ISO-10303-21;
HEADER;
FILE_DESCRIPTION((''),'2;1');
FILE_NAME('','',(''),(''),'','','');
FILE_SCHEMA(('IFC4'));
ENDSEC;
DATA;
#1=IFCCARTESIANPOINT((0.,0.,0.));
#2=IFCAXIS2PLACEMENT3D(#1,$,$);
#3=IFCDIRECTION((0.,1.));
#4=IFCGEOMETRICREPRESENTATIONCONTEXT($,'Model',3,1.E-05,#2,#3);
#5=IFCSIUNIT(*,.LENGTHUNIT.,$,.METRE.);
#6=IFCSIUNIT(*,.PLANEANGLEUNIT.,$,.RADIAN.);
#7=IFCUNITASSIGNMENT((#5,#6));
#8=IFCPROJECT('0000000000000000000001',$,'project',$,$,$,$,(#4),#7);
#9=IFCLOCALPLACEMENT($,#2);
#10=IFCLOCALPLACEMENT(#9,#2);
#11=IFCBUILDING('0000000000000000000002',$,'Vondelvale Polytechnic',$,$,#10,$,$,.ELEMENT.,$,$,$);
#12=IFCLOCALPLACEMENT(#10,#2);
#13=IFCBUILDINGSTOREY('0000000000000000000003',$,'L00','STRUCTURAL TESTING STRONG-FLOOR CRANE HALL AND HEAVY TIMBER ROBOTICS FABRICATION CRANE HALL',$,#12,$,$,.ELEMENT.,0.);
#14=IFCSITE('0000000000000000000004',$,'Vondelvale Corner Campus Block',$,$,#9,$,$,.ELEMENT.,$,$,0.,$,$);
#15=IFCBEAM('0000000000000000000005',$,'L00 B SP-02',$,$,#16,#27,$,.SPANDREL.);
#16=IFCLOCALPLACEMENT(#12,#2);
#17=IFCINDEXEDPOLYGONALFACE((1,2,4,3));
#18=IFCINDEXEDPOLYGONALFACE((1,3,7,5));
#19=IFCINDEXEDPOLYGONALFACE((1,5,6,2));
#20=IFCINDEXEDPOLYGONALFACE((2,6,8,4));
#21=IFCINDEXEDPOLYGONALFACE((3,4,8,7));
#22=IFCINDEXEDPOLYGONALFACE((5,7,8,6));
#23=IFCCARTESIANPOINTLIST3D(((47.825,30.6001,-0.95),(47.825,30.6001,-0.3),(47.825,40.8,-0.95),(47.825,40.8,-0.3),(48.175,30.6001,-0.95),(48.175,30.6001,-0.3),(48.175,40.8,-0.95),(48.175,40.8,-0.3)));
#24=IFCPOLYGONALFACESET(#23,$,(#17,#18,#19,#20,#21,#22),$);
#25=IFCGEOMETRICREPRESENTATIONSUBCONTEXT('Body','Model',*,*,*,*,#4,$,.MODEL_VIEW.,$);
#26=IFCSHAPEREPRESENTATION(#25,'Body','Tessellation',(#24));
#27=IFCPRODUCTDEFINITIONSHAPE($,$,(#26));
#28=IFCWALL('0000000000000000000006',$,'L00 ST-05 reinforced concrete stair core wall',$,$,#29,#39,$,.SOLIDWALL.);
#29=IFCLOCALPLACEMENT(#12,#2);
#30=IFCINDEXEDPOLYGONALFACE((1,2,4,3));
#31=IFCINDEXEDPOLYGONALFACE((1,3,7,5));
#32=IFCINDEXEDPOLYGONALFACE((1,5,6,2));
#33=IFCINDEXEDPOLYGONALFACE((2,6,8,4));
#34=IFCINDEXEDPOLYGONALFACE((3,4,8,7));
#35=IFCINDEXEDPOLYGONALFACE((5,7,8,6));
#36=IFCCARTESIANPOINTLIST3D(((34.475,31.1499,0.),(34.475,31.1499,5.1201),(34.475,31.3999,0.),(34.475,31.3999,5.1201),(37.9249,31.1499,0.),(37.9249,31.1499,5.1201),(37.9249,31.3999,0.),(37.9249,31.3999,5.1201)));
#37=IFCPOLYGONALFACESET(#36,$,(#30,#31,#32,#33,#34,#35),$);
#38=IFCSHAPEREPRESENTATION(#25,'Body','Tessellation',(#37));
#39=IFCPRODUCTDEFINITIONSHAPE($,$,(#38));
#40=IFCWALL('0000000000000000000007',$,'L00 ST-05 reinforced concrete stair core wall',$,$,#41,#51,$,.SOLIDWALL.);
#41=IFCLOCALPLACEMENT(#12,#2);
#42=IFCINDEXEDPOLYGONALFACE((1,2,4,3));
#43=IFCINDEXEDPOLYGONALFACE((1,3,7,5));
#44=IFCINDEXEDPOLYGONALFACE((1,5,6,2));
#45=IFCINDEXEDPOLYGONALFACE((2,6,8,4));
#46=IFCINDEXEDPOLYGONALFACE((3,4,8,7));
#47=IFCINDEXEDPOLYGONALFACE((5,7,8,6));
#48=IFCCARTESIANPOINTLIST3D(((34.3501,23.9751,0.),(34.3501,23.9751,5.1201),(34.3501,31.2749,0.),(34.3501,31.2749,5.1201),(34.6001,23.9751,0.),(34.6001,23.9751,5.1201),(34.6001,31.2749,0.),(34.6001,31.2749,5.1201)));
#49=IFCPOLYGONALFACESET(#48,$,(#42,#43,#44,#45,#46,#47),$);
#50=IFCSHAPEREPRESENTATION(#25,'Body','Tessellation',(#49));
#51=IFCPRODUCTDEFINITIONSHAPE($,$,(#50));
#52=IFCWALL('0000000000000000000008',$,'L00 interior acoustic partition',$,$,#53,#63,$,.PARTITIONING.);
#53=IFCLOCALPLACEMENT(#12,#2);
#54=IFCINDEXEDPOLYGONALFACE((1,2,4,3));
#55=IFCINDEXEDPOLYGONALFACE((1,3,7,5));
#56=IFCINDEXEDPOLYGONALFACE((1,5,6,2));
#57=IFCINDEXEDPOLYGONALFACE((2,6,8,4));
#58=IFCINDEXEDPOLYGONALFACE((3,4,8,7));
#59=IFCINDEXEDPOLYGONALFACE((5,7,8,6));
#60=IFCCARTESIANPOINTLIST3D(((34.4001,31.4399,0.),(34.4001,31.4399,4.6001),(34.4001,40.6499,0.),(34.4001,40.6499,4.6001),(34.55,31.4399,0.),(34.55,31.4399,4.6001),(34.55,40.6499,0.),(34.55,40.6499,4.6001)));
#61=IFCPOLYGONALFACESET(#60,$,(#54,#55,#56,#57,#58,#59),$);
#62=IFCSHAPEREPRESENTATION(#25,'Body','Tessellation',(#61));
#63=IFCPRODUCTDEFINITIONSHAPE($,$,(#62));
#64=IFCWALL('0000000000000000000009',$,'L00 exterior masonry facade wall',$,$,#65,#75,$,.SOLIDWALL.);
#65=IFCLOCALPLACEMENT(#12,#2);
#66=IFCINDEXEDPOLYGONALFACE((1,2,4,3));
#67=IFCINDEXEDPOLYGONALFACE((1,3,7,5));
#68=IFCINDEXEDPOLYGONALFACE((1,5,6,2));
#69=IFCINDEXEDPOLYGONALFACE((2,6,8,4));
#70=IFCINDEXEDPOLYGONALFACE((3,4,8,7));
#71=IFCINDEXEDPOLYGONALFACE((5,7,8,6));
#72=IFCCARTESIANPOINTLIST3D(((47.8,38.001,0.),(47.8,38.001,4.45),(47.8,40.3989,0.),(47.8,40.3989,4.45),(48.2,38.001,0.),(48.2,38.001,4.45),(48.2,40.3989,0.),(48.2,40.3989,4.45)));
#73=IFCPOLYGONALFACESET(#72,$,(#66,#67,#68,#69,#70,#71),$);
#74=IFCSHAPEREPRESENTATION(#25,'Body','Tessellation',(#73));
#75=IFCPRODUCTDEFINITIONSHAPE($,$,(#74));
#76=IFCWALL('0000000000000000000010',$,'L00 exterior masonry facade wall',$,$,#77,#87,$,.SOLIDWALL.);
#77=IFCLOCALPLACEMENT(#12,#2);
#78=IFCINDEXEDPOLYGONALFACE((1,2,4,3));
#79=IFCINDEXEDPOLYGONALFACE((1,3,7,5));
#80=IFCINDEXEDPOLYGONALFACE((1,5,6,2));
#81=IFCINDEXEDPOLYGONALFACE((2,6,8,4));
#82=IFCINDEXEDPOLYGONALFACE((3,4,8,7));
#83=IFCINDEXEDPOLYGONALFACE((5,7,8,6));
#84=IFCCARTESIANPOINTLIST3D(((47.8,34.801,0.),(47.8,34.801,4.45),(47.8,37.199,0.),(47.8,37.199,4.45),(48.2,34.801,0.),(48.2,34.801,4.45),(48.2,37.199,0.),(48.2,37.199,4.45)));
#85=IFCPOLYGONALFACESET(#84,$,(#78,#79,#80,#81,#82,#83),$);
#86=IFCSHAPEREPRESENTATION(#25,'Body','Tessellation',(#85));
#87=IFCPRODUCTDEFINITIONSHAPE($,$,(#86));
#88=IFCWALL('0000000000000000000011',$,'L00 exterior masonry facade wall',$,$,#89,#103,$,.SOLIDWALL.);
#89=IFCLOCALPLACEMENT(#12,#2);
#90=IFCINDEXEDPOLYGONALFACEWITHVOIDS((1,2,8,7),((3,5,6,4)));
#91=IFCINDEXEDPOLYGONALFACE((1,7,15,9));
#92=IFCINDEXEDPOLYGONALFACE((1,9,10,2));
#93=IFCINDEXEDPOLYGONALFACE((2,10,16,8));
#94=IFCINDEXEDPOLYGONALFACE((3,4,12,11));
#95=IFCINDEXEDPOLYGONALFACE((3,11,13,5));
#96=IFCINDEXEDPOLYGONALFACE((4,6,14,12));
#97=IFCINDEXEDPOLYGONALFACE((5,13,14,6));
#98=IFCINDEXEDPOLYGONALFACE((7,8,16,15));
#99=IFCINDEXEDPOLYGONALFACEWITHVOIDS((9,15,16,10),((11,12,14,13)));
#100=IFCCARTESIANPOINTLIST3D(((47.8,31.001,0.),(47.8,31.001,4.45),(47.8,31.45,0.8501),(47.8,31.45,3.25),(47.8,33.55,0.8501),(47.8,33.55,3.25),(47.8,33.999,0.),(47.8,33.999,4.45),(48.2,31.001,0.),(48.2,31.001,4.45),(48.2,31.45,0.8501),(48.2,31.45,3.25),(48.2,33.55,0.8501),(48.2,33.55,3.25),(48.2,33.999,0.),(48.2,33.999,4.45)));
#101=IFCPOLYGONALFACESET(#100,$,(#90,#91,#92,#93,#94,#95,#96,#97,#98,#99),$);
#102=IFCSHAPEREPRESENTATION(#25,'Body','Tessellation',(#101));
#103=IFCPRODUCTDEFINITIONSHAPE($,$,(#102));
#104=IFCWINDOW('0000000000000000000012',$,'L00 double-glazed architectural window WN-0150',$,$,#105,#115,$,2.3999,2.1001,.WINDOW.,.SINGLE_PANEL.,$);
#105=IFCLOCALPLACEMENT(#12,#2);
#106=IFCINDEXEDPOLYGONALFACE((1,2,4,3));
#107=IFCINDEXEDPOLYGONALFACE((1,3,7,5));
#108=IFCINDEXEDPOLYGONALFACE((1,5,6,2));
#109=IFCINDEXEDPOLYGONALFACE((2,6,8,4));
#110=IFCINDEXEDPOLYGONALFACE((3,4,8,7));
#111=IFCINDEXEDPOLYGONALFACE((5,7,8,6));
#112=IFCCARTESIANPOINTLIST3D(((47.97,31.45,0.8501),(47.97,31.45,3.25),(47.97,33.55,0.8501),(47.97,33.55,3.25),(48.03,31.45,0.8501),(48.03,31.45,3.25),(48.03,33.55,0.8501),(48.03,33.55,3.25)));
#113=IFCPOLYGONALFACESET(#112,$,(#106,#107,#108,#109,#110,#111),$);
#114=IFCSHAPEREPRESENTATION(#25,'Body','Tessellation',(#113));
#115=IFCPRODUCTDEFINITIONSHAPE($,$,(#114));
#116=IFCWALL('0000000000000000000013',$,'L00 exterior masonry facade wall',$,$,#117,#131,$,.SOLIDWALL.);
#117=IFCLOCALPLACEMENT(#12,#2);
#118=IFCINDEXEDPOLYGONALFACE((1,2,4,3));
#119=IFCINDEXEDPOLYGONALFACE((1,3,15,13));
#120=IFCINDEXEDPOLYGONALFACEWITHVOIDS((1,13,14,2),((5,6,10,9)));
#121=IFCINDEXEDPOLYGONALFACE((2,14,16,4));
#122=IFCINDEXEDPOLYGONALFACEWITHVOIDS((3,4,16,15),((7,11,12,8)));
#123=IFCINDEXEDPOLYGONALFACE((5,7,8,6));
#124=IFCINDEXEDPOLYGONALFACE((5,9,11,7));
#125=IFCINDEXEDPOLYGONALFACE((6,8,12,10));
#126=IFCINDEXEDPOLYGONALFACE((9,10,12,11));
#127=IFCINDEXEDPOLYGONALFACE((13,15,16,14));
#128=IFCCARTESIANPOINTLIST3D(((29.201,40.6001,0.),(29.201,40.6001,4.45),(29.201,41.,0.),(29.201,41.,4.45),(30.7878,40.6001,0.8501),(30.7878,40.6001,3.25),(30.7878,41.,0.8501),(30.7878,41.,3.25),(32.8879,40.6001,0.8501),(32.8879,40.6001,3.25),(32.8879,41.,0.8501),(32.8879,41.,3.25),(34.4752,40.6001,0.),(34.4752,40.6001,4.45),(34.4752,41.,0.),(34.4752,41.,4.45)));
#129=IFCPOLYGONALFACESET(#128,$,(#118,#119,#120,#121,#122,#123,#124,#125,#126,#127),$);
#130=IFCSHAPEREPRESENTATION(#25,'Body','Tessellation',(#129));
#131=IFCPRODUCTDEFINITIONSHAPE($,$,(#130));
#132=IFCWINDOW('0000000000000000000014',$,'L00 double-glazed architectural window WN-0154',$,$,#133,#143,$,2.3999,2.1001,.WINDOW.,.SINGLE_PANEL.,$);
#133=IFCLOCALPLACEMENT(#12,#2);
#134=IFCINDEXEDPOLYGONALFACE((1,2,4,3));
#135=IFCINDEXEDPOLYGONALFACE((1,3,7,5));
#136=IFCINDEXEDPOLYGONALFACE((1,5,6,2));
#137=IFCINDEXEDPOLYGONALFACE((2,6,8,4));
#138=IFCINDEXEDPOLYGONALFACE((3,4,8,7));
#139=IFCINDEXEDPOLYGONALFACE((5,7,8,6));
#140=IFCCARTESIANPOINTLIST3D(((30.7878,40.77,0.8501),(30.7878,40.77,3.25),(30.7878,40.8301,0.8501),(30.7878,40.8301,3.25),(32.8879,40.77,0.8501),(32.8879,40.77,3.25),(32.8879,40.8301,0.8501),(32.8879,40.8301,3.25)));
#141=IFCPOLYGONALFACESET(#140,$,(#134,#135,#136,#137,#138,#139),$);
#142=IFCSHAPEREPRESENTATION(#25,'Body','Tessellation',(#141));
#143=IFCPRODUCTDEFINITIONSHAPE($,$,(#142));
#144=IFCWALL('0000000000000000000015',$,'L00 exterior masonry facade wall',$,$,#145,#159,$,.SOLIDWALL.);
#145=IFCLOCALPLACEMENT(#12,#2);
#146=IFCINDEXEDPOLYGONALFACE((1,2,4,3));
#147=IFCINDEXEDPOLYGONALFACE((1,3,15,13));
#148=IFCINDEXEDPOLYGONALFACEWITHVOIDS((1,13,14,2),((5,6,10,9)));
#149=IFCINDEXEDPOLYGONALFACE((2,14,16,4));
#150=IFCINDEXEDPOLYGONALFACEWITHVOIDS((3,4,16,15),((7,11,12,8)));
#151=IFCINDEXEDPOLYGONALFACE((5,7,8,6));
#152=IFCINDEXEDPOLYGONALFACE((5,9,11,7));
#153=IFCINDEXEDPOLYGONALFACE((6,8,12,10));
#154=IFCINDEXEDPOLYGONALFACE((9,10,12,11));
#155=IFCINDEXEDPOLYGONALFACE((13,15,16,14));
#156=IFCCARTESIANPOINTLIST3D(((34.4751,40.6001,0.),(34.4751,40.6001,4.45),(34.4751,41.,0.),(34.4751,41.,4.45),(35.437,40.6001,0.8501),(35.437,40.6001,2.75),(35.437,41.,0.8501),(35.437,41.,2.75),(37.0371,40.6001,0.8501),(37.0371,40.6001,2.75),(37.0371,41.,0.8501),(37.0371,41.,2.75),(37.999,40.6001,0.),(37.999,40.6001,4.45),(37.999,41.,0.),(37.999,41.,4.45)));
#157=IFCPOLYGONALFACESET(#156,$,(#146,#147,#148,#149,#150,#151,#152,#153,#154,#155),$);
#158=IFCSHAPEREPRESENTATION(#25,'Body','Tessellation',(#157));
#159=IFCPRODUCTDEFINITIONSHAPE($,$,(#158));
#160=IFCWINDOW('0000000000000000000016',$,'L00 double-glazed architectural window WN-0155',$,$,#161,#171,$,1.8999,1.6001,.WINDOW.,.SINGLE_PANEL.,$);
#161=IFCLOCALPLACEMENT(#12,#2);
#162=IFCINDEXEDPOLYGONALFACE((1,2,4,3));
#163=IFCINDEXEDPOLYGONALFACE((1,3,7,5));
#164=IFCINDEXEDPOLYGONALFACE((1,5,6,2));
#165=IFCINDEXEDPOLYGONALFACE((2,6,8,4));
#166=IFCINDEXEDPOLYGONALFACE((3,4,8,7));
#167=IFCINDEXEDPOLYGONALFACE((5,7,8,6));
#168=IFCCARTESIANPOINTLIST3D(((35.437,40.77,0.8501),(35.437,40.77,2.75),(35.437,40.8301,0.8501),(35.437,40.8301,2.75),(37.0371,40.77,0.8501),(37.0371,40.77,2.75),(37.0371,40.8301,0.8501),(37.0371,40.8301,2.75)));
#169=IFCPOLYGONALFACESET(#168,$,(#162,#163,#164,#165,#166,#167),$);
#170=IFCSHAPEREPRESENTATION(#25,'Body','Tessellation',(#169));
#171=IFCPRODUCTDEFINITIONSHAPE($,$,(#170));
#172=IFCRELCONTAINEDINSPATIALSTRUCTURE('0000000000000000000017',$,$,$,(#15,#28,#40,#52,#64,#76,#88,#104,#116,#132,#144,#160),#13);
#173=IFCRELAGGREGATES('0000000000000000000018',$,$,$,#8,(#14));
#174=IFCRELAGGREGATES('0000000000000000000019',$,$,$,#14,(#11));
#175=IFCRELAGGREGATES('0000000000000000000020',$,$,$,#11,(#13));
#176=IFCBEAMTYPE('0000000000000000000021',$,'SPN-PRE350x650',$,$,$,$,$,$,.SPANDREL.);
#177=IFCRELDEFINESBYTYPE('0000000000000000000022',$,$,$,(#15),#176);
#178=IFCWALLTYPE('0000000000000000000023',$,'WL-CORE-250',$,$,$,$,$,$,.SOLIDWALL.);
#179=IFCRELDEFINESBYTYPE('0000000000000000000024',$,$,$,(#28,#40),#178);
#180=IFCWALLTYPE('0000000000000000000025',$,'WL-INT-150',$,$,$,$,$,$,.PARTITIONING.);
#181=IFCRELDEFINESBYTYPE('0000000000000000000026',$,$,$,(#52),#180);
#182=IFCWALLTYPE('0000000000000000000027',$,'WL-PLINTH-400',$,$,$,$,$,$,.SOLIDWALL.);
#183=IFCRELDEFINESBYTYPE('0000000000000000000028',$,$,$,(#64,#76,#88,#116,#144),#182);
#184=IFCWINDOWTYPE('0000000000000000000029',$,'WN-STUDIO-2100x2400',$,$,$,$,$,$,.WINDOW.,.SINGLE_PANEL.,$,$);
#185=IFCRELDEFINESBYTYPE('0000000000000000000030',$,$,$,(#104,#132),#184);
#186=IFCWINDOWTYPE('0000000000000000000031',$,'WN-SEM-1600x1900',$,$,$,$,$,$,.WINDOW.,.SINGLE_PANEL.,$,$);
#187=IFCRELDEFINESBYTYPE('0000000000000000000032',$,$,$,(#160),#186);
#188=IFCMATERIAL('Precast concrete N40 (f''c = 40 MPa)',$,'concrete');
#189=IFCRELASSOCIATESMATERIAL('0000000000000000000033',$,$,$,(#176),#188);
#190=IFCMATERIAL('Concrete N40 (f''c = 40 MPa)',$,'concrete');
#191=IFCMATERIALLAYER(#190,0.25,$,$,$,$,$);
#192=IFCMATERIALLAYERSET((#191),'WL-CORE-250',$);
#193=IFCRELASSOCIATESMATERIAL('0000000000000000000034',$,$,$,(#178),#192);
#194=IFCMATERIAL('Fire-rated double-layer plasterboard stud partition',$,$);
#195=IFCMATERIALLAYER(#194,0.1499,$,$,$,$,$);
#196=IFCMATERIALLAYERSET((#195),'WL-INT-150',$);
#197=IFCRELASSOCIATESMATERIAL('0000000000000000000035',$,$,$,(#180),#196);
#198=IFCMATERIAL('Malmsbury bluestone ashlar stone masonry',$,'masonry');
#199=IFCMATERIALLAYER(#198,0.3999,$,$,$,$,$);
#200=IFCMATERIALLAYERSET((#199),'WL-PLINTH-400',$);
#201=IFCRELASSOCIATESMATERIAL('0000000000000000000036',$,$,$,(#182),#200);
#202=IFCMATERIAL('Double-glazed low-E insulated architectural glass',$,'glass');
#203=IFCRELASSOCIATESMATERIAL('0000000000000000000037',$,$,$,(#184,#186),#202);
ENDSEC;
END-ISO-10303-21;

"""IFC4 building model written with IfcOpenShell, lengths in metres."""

from ifc_helpers import new_model, si_unit, direction, frame, frame_2d, origin, origin_2d, place, context, subcontext, project, spatial, rectangle, extrude, material, layer, layer_set, material_profile, profile_set, type_object, element, fill, save


model = new_model("IFC4")

# Units and contexts
model_context = context("Model", 3, precision=1e-05, world=origin(), true_north=direction((0.0, 1.0)))
body_context = subcontext(model_context, "Body", "Model", "MODEL_VIEW")
ifc_project = project(units=[si_unit("LENGTHUNIT", "METRE"), si_unit("PLANEANGLEUNIT", "RADIAN")], contexts=[model_context])

# Site, building, storey
site_placement = place(None, origin())
site = spatial("IfcSite", under=ifc_project, at=site_placement, Name="Vondelvale Corner Campus Block", CompositionType="ELEMENT", RefElevation=0.0)
building_placement = place(site_placement, origin())
building = spatial("IfcBuilding", under=site, at=building_placement, Name="Vondelvale Polytechnic", CompositionType="ELEMENT")
storey_placement = place(building_placement, origin())
storey = spatial("IfcBuildingStorey", under=building, at=storey_placement, Name="L00", Description="STRUCTURAL TESTING STRONG-FLOOR CRANE HALL AND HEAVY TIMBER ROBOTICS FABRICATION CRANE HALL", CompositionType="ELEMENT", Elevation=0.0)

# Beam
ifc_material_1 = material(Name="Concrete N40 (f'c = 40 MPa)", Category="concrete")
ifc_material_2 = material(Name="Precast concrete N40 (f'c = 40 MPa)", Category="concrete")
ifc_material_profile_1 = material_profile(ifc_material_2, rectangle(XDim=0.3501, YDim=0.6499, at=origin_2d()), Name="RC-SPN-350x650")
ifc_profile_set_1 = profile_set([ifc_material_profile_1], Name="Precast concrete N40 (f'c = 40 MPa)")
beam_type_1 = type_object("IfcBeamType", Name="SPN-PRE350x650", PredefinedType="SPANDREL", material=ifc_profile_set_1)
beam_1_placement = place(storey_placement, frame((48.0, 30.6001, -0.625), z_axis=(0.0, 1.0, 0.0), x_axis=(-1.0, 0.0, 0.0)))
element("IfcBeam", 1, at=beam_1_placement, inside=storey, type_object=beam_type_1, Name="L00 B SP-02", PredefinedType="SPANDREL", context=body_context, shape_type="SweptSolid", body=[
    extrude(rectangle(XDim=0.3501, YDim=0.6499, at=origin_2d()), origin(), (0.0, 0.0, 1.0), 10.2),
])

# Walls
ifc_layer_1 = layer(ifc_material_1, 0.25)
ifc_layer_set_1 = layer_set([ifc_layer_1], Name="WL-CORE-250")
wall_type_1 = type_object("IfcWallType", Name="WL-CORE-250", PredefinedType="SOLIDWALL", material=ifc_layer_set_1)
wall_1_placement = place(storey_placement, frame((37.925, 31.2749, 0.0), z_axis=(0.0, 0.0, 1.0), x_axis=(-1.0, 0.0, 0.0)))
element("IfcWall", 2, at=wall_1_placement, inside=storey, type_object=wall_type_1, Name="L00 ST-05 reinforced concrete stair core wall", PredefinedType="SOLIDWALL", context=body_context, shape_type="SweptSolid", body=[
    extrude(rectangle(XDim=3.45, YDim=0.25, at=frame_2d((1.7251, 0.0))), origin(), (0.0, 0.0, 1.0), 5.1201),
])
wall_2_placement = place(storey_placement, frame((34.4751, 31.2749, 0.0), z_axis=(0.0, 0.0, 1.0), x_axis=(0.0, -1.0, 0.0)))
element("IfcWall", 3, at=wall_2_placement, inside=storey, type_object=wall_type_1, Name="L00 ST-05 reinforced concrete stair core wall", PredefinedType="SOLIDWALL", context=body_context, shape_type="SweptSolid", body=[
    extrude(rectangle(XDim=7.2998, YDim=0.25, at=frame_2d((3.6499, 0.0))), origin(), (0.0, 0.0, 1.0), 5.1201),
])
ifc_material_3 = material(Name="Fire-rated double-layer plasterboard stud partition")
ifc_layer_2 = layer(ifc_material_3, 0.1499)
ifc_layer_set_2 = layer_set([ifc_layer_2], Name="WL-INT-150")
wall_type_2 = type_object("IfcWallType", Name="WL-INT-150", PredefinedType="PARTITIONING", material=ifc_layer_set_2)
wall_3_placement = place(storey_placement, frame((34.4751, 31.4399, 0.0), z_axis=(0.0, 0.0, 1.0), x_axis=(0.0, 1.0, 0.0)))
element("IfcWall", 4, at=wall_3_placement, inside=storey, type_object=wall_type_2, Name="L00 interior acoustic partition", PredefinedType="PARTITIONING", context=body_context, shape_type="SweptSolid", body=[
    extrude(rectangle(XDim=9.21, YDim=0.1499, at=frame_2d((4.605, 0.0))), origin(), (0.0, 0.0, 1.0), 4.6001),
])
ifc_material_4 = material(Name="Malmsbury bluestone ashlar stone masonry", Category="masonry")
ifc_layer_3 = layer(ifc_material_4, 0.3999)
ifc_layer_set_3 = layer_set([ifc_layer_3], Name="WL-PLINTH-400")
wall_type_3 = type_object("IfcWallType", Name="WL-PLINTH-400", PredefinedType="SOLIDWALL", material=ifc_layer_set_3)
for number, where, z_axis, x_axis, name in (
    (5, (48.0, 40.3989, 0.0), (0.0, 0.0, 1.0), (0.0, -1.0, 0.0), "L00 exterior masonry facade wall"),
    (6, (48.0, 37.199, 0.0), (0.0, 0.0, 1.0), (0.0, -1.0, 0.0), "L00 exterior masonry facade wall"),
):
    element("IfcWall", number, at=place(storey_placement, frame(where, z_axis=z_axis, x_axis=x_axis)), inside=storey, type_object=wall_type_3, Name=name, PredefinedType="SOLIDWALL", context=body_context, shape_type="SweptSolid", body=[
        extrude(rectangle(XDim=2.3979, YDim=0.3999, at=frame_2d((1.199, 0.0))), origin(), (0.0, 0.0, 1.0), 4.45),
    ])

# Walls, openings, windows
wall_4_placement = place(storey_placement, frame((48.0, 33.999, 0.0), z_axis=(0.0, 0.0, 1.0), x_axis=(0.0, -1.0, 0.0)))
wall_4 = element("IfcWall", 7, at=wall_4_placement, inside=storey, type_object=wall_type_3, Name="L00 exterior masonry facade wall", PredefinedType="SOLIDWALL", context=body_context, shape_type="SweptSolid", body=[
    extrude(rectangle(XDim=2.998, YDim=0.3999, at=frame_2d((1.499, 0.0))), origin(), (0.0, 0.0, 1.0), 4.45),
])
opening_1_placement = place(wall_4_placement, frame((0.449, 0.0, 0.8501)))
opening_1 = element("IfcOpeningElement", 8, at=opening_1_placement, cuts=wall_4, PredefinedType="OPENING", context=body_context, shape_type="SweptSolid", body=[
    extrude(rectangle(XDim=2.1001, YDim=2.3999, at=frame_2d((1.05, 1.2))), frame((0.0, 0.21, 0.0), z_axis=(0.0, -1.0, 0.0), x_axis=(1.0, 0.0, 0.0)), (0.0, 0.0, 1.0), 0.4199),
])
ifc_material_5 = material(Name="Double-glazed low-E insulated architectural glass", Category="glass")
window_type_1 = type_object("IfcWindowType", Name="WN-STUDIO-2100x2400", PartitioningType="SINGLE_PANEL", PredefinedType="WINDOW", material=ifc_material_5)
window_1_placement = place(opening_1_placement, origin())
window_1 = element("IfcWindow", 9, at=window_1_placement, inside=storey, type_object=window_type_1, Name="L00 double-glazed architectural window WN-0150", OverallHeight=2.3999, OverallWidth=2.1001, PartitioningType="SINGLE_PANEL", PredefinedType="WINDOW", context=body_context, shape_type="SweptSolid", body=[
    extrude(rectangle(XDim=2.1001, YDim=2.3999, at=frame_2d((1.05, 1.2))), frame((0.0, 0.03, 0.0), z_axis=(0.0, -1.0, 0.0), x_axis=(1.0, 0.0, 0.0)), (0.0, 0.0, 1.0), 0.0601),
])
fill(opening_1, window_1)
wall_5_placement = place(storey_placement, frame((29.2009, 40.8, 0.0), z_axis=(0.0, 0.0, 1.0), x_axis=(1.0, 0.0, 0.0)))
wall_5 = element("IfcWall", 10, at=wall_5_placement, inside=storey, type_object=wall_type_3, Name="L00 exterior masonry facade wall", PredefinedType="SOLIDWALL", context=body_context, shape_type="SweptSolid", body=[
    extrude(rectangle(XDim=5.2742, YDim=0.3999, at=frame_2d((2.6372, 0.0))), origin(), (0.0, 0.0, 1.0), 4.45),
])
opening_2_placement = place(wall_5_placement, frame((1.5869, 0.0, 0.8501)))
opening_2 = element("IfcOpeningElement", 11, at=opening_2_placement, cuts=wall_5, PredefinedType="OPENING", context=body_context, shape_type="SweptSolid", body=[
    extrude(rectangle(XDim=2.1001, YDim=2.3999, at=frame_2d((1.05, 1.2))), frame((0.0, 0.21, 0.0), z_axis=(0.0, -1.0, 0.0), x_axis=(1.0, 0.0, 0.0)), (0.0, 0.0, 1.0), 0.4199),
])
window_2_placement = place(opening_2_placement, origin())
window_2 = element("IfcWindow", 12, at=window_2_placement, inside=storey, type_object=window_type_1, Name="L00 double-glazed architectural window WN-0154", OverallHeight=2.3999, OverallWidth=2.1001, PartitioningType="SINGLE_PANEL", PredefinedType="WINDOW", context=body_context, shape_type="SweptSolid", body=[
    extrude(rectangle(XDim=2.1001, YDim=2.3999, at=frame_2d((1.05, 1.2))), frame((0.0, 0.03, 0.0), z_axis=(0.0, -1.0, 0.0), x_axis=(1.0, 0.0, 0.0)), (0.0, 0.0, 1.0), 0.0601),
])
fill(opening_2, window_2)
wall_6_placement = place(storey_placement, frame((34.4751, 40.8, 0.0), z_axis=(0.0, 0.0, 1.0), x_axis=(1.0, 0.0, 0.0)))
wall_6 = element("IfcWall", 13, at=wall_6_placement, inside=storey, type_object=wall_type_3, Name="L00 exterior masonry facade wall", PredefinedType="SOLIDWALL", context=body_context, shape_type="SweptSolid", body=[
    extrude(rectangle(XDim=3.5239, YDim=0.3999, at=frame_2d((1.762, 0.0))), origin(), (0.0, 0.0, 1.0), 4.45),
])
opening_3_placement = place(wall_6_placement, frame((0.9619, 0.0, 0.8501)))
opening_3 = element("IfcOpeningElement", 14, at=opening_3_placement, cuts=wall_6, PredefinedType="OPENING", context=body_context, shape_type="SweptSolid", body=[
    extrude(rectangle(XDim=1.6001, YDim=1.8999, at=frame_2d((0.8, 0.95))), frame((0.0, 0.21, 0.0), z_axis=(0.0, -1.0, 0.0), x_axis=(1.0, 0.0, 0.0)), (0.0, 0.0, 1.0), 0.4199),
])
window_type_2 = type_object("IfcWindowType", Name="WN-SEM-1600x1900", PartitioningType="SINGLE_PANEL", PredefinedType="WINDOW", material=ifc_material_5)
window_3_placement = place(opening_3_placement, origin())
window_3 = element("IfcWindow", 15, at=window_3_placement, inside=storey, type_object=window_type_2, Name="L00 double-glazed architectural window WN-0155", OverallHeight=1.8999, OverallWidth=1.6001, PartitioningType="SINGLE_PANEL", PredefinedType="WINDOW", context=body_context, shape_type="SweptSolid", body=[
    extrude(rectangle(XDim=1.6001, YDim=1.8999, at=frame_2d((0.8, 0.95))), frame((0.0, 0.03, 0.0), z_axis=(0.0, -1.0, 0.0), x_axis=(1.0, 0.0, 0.0)), (0.0, 0.0, 1.0), 0.0601),
])
fill(opening_3, window_3)

save(model, "model.ifc")
